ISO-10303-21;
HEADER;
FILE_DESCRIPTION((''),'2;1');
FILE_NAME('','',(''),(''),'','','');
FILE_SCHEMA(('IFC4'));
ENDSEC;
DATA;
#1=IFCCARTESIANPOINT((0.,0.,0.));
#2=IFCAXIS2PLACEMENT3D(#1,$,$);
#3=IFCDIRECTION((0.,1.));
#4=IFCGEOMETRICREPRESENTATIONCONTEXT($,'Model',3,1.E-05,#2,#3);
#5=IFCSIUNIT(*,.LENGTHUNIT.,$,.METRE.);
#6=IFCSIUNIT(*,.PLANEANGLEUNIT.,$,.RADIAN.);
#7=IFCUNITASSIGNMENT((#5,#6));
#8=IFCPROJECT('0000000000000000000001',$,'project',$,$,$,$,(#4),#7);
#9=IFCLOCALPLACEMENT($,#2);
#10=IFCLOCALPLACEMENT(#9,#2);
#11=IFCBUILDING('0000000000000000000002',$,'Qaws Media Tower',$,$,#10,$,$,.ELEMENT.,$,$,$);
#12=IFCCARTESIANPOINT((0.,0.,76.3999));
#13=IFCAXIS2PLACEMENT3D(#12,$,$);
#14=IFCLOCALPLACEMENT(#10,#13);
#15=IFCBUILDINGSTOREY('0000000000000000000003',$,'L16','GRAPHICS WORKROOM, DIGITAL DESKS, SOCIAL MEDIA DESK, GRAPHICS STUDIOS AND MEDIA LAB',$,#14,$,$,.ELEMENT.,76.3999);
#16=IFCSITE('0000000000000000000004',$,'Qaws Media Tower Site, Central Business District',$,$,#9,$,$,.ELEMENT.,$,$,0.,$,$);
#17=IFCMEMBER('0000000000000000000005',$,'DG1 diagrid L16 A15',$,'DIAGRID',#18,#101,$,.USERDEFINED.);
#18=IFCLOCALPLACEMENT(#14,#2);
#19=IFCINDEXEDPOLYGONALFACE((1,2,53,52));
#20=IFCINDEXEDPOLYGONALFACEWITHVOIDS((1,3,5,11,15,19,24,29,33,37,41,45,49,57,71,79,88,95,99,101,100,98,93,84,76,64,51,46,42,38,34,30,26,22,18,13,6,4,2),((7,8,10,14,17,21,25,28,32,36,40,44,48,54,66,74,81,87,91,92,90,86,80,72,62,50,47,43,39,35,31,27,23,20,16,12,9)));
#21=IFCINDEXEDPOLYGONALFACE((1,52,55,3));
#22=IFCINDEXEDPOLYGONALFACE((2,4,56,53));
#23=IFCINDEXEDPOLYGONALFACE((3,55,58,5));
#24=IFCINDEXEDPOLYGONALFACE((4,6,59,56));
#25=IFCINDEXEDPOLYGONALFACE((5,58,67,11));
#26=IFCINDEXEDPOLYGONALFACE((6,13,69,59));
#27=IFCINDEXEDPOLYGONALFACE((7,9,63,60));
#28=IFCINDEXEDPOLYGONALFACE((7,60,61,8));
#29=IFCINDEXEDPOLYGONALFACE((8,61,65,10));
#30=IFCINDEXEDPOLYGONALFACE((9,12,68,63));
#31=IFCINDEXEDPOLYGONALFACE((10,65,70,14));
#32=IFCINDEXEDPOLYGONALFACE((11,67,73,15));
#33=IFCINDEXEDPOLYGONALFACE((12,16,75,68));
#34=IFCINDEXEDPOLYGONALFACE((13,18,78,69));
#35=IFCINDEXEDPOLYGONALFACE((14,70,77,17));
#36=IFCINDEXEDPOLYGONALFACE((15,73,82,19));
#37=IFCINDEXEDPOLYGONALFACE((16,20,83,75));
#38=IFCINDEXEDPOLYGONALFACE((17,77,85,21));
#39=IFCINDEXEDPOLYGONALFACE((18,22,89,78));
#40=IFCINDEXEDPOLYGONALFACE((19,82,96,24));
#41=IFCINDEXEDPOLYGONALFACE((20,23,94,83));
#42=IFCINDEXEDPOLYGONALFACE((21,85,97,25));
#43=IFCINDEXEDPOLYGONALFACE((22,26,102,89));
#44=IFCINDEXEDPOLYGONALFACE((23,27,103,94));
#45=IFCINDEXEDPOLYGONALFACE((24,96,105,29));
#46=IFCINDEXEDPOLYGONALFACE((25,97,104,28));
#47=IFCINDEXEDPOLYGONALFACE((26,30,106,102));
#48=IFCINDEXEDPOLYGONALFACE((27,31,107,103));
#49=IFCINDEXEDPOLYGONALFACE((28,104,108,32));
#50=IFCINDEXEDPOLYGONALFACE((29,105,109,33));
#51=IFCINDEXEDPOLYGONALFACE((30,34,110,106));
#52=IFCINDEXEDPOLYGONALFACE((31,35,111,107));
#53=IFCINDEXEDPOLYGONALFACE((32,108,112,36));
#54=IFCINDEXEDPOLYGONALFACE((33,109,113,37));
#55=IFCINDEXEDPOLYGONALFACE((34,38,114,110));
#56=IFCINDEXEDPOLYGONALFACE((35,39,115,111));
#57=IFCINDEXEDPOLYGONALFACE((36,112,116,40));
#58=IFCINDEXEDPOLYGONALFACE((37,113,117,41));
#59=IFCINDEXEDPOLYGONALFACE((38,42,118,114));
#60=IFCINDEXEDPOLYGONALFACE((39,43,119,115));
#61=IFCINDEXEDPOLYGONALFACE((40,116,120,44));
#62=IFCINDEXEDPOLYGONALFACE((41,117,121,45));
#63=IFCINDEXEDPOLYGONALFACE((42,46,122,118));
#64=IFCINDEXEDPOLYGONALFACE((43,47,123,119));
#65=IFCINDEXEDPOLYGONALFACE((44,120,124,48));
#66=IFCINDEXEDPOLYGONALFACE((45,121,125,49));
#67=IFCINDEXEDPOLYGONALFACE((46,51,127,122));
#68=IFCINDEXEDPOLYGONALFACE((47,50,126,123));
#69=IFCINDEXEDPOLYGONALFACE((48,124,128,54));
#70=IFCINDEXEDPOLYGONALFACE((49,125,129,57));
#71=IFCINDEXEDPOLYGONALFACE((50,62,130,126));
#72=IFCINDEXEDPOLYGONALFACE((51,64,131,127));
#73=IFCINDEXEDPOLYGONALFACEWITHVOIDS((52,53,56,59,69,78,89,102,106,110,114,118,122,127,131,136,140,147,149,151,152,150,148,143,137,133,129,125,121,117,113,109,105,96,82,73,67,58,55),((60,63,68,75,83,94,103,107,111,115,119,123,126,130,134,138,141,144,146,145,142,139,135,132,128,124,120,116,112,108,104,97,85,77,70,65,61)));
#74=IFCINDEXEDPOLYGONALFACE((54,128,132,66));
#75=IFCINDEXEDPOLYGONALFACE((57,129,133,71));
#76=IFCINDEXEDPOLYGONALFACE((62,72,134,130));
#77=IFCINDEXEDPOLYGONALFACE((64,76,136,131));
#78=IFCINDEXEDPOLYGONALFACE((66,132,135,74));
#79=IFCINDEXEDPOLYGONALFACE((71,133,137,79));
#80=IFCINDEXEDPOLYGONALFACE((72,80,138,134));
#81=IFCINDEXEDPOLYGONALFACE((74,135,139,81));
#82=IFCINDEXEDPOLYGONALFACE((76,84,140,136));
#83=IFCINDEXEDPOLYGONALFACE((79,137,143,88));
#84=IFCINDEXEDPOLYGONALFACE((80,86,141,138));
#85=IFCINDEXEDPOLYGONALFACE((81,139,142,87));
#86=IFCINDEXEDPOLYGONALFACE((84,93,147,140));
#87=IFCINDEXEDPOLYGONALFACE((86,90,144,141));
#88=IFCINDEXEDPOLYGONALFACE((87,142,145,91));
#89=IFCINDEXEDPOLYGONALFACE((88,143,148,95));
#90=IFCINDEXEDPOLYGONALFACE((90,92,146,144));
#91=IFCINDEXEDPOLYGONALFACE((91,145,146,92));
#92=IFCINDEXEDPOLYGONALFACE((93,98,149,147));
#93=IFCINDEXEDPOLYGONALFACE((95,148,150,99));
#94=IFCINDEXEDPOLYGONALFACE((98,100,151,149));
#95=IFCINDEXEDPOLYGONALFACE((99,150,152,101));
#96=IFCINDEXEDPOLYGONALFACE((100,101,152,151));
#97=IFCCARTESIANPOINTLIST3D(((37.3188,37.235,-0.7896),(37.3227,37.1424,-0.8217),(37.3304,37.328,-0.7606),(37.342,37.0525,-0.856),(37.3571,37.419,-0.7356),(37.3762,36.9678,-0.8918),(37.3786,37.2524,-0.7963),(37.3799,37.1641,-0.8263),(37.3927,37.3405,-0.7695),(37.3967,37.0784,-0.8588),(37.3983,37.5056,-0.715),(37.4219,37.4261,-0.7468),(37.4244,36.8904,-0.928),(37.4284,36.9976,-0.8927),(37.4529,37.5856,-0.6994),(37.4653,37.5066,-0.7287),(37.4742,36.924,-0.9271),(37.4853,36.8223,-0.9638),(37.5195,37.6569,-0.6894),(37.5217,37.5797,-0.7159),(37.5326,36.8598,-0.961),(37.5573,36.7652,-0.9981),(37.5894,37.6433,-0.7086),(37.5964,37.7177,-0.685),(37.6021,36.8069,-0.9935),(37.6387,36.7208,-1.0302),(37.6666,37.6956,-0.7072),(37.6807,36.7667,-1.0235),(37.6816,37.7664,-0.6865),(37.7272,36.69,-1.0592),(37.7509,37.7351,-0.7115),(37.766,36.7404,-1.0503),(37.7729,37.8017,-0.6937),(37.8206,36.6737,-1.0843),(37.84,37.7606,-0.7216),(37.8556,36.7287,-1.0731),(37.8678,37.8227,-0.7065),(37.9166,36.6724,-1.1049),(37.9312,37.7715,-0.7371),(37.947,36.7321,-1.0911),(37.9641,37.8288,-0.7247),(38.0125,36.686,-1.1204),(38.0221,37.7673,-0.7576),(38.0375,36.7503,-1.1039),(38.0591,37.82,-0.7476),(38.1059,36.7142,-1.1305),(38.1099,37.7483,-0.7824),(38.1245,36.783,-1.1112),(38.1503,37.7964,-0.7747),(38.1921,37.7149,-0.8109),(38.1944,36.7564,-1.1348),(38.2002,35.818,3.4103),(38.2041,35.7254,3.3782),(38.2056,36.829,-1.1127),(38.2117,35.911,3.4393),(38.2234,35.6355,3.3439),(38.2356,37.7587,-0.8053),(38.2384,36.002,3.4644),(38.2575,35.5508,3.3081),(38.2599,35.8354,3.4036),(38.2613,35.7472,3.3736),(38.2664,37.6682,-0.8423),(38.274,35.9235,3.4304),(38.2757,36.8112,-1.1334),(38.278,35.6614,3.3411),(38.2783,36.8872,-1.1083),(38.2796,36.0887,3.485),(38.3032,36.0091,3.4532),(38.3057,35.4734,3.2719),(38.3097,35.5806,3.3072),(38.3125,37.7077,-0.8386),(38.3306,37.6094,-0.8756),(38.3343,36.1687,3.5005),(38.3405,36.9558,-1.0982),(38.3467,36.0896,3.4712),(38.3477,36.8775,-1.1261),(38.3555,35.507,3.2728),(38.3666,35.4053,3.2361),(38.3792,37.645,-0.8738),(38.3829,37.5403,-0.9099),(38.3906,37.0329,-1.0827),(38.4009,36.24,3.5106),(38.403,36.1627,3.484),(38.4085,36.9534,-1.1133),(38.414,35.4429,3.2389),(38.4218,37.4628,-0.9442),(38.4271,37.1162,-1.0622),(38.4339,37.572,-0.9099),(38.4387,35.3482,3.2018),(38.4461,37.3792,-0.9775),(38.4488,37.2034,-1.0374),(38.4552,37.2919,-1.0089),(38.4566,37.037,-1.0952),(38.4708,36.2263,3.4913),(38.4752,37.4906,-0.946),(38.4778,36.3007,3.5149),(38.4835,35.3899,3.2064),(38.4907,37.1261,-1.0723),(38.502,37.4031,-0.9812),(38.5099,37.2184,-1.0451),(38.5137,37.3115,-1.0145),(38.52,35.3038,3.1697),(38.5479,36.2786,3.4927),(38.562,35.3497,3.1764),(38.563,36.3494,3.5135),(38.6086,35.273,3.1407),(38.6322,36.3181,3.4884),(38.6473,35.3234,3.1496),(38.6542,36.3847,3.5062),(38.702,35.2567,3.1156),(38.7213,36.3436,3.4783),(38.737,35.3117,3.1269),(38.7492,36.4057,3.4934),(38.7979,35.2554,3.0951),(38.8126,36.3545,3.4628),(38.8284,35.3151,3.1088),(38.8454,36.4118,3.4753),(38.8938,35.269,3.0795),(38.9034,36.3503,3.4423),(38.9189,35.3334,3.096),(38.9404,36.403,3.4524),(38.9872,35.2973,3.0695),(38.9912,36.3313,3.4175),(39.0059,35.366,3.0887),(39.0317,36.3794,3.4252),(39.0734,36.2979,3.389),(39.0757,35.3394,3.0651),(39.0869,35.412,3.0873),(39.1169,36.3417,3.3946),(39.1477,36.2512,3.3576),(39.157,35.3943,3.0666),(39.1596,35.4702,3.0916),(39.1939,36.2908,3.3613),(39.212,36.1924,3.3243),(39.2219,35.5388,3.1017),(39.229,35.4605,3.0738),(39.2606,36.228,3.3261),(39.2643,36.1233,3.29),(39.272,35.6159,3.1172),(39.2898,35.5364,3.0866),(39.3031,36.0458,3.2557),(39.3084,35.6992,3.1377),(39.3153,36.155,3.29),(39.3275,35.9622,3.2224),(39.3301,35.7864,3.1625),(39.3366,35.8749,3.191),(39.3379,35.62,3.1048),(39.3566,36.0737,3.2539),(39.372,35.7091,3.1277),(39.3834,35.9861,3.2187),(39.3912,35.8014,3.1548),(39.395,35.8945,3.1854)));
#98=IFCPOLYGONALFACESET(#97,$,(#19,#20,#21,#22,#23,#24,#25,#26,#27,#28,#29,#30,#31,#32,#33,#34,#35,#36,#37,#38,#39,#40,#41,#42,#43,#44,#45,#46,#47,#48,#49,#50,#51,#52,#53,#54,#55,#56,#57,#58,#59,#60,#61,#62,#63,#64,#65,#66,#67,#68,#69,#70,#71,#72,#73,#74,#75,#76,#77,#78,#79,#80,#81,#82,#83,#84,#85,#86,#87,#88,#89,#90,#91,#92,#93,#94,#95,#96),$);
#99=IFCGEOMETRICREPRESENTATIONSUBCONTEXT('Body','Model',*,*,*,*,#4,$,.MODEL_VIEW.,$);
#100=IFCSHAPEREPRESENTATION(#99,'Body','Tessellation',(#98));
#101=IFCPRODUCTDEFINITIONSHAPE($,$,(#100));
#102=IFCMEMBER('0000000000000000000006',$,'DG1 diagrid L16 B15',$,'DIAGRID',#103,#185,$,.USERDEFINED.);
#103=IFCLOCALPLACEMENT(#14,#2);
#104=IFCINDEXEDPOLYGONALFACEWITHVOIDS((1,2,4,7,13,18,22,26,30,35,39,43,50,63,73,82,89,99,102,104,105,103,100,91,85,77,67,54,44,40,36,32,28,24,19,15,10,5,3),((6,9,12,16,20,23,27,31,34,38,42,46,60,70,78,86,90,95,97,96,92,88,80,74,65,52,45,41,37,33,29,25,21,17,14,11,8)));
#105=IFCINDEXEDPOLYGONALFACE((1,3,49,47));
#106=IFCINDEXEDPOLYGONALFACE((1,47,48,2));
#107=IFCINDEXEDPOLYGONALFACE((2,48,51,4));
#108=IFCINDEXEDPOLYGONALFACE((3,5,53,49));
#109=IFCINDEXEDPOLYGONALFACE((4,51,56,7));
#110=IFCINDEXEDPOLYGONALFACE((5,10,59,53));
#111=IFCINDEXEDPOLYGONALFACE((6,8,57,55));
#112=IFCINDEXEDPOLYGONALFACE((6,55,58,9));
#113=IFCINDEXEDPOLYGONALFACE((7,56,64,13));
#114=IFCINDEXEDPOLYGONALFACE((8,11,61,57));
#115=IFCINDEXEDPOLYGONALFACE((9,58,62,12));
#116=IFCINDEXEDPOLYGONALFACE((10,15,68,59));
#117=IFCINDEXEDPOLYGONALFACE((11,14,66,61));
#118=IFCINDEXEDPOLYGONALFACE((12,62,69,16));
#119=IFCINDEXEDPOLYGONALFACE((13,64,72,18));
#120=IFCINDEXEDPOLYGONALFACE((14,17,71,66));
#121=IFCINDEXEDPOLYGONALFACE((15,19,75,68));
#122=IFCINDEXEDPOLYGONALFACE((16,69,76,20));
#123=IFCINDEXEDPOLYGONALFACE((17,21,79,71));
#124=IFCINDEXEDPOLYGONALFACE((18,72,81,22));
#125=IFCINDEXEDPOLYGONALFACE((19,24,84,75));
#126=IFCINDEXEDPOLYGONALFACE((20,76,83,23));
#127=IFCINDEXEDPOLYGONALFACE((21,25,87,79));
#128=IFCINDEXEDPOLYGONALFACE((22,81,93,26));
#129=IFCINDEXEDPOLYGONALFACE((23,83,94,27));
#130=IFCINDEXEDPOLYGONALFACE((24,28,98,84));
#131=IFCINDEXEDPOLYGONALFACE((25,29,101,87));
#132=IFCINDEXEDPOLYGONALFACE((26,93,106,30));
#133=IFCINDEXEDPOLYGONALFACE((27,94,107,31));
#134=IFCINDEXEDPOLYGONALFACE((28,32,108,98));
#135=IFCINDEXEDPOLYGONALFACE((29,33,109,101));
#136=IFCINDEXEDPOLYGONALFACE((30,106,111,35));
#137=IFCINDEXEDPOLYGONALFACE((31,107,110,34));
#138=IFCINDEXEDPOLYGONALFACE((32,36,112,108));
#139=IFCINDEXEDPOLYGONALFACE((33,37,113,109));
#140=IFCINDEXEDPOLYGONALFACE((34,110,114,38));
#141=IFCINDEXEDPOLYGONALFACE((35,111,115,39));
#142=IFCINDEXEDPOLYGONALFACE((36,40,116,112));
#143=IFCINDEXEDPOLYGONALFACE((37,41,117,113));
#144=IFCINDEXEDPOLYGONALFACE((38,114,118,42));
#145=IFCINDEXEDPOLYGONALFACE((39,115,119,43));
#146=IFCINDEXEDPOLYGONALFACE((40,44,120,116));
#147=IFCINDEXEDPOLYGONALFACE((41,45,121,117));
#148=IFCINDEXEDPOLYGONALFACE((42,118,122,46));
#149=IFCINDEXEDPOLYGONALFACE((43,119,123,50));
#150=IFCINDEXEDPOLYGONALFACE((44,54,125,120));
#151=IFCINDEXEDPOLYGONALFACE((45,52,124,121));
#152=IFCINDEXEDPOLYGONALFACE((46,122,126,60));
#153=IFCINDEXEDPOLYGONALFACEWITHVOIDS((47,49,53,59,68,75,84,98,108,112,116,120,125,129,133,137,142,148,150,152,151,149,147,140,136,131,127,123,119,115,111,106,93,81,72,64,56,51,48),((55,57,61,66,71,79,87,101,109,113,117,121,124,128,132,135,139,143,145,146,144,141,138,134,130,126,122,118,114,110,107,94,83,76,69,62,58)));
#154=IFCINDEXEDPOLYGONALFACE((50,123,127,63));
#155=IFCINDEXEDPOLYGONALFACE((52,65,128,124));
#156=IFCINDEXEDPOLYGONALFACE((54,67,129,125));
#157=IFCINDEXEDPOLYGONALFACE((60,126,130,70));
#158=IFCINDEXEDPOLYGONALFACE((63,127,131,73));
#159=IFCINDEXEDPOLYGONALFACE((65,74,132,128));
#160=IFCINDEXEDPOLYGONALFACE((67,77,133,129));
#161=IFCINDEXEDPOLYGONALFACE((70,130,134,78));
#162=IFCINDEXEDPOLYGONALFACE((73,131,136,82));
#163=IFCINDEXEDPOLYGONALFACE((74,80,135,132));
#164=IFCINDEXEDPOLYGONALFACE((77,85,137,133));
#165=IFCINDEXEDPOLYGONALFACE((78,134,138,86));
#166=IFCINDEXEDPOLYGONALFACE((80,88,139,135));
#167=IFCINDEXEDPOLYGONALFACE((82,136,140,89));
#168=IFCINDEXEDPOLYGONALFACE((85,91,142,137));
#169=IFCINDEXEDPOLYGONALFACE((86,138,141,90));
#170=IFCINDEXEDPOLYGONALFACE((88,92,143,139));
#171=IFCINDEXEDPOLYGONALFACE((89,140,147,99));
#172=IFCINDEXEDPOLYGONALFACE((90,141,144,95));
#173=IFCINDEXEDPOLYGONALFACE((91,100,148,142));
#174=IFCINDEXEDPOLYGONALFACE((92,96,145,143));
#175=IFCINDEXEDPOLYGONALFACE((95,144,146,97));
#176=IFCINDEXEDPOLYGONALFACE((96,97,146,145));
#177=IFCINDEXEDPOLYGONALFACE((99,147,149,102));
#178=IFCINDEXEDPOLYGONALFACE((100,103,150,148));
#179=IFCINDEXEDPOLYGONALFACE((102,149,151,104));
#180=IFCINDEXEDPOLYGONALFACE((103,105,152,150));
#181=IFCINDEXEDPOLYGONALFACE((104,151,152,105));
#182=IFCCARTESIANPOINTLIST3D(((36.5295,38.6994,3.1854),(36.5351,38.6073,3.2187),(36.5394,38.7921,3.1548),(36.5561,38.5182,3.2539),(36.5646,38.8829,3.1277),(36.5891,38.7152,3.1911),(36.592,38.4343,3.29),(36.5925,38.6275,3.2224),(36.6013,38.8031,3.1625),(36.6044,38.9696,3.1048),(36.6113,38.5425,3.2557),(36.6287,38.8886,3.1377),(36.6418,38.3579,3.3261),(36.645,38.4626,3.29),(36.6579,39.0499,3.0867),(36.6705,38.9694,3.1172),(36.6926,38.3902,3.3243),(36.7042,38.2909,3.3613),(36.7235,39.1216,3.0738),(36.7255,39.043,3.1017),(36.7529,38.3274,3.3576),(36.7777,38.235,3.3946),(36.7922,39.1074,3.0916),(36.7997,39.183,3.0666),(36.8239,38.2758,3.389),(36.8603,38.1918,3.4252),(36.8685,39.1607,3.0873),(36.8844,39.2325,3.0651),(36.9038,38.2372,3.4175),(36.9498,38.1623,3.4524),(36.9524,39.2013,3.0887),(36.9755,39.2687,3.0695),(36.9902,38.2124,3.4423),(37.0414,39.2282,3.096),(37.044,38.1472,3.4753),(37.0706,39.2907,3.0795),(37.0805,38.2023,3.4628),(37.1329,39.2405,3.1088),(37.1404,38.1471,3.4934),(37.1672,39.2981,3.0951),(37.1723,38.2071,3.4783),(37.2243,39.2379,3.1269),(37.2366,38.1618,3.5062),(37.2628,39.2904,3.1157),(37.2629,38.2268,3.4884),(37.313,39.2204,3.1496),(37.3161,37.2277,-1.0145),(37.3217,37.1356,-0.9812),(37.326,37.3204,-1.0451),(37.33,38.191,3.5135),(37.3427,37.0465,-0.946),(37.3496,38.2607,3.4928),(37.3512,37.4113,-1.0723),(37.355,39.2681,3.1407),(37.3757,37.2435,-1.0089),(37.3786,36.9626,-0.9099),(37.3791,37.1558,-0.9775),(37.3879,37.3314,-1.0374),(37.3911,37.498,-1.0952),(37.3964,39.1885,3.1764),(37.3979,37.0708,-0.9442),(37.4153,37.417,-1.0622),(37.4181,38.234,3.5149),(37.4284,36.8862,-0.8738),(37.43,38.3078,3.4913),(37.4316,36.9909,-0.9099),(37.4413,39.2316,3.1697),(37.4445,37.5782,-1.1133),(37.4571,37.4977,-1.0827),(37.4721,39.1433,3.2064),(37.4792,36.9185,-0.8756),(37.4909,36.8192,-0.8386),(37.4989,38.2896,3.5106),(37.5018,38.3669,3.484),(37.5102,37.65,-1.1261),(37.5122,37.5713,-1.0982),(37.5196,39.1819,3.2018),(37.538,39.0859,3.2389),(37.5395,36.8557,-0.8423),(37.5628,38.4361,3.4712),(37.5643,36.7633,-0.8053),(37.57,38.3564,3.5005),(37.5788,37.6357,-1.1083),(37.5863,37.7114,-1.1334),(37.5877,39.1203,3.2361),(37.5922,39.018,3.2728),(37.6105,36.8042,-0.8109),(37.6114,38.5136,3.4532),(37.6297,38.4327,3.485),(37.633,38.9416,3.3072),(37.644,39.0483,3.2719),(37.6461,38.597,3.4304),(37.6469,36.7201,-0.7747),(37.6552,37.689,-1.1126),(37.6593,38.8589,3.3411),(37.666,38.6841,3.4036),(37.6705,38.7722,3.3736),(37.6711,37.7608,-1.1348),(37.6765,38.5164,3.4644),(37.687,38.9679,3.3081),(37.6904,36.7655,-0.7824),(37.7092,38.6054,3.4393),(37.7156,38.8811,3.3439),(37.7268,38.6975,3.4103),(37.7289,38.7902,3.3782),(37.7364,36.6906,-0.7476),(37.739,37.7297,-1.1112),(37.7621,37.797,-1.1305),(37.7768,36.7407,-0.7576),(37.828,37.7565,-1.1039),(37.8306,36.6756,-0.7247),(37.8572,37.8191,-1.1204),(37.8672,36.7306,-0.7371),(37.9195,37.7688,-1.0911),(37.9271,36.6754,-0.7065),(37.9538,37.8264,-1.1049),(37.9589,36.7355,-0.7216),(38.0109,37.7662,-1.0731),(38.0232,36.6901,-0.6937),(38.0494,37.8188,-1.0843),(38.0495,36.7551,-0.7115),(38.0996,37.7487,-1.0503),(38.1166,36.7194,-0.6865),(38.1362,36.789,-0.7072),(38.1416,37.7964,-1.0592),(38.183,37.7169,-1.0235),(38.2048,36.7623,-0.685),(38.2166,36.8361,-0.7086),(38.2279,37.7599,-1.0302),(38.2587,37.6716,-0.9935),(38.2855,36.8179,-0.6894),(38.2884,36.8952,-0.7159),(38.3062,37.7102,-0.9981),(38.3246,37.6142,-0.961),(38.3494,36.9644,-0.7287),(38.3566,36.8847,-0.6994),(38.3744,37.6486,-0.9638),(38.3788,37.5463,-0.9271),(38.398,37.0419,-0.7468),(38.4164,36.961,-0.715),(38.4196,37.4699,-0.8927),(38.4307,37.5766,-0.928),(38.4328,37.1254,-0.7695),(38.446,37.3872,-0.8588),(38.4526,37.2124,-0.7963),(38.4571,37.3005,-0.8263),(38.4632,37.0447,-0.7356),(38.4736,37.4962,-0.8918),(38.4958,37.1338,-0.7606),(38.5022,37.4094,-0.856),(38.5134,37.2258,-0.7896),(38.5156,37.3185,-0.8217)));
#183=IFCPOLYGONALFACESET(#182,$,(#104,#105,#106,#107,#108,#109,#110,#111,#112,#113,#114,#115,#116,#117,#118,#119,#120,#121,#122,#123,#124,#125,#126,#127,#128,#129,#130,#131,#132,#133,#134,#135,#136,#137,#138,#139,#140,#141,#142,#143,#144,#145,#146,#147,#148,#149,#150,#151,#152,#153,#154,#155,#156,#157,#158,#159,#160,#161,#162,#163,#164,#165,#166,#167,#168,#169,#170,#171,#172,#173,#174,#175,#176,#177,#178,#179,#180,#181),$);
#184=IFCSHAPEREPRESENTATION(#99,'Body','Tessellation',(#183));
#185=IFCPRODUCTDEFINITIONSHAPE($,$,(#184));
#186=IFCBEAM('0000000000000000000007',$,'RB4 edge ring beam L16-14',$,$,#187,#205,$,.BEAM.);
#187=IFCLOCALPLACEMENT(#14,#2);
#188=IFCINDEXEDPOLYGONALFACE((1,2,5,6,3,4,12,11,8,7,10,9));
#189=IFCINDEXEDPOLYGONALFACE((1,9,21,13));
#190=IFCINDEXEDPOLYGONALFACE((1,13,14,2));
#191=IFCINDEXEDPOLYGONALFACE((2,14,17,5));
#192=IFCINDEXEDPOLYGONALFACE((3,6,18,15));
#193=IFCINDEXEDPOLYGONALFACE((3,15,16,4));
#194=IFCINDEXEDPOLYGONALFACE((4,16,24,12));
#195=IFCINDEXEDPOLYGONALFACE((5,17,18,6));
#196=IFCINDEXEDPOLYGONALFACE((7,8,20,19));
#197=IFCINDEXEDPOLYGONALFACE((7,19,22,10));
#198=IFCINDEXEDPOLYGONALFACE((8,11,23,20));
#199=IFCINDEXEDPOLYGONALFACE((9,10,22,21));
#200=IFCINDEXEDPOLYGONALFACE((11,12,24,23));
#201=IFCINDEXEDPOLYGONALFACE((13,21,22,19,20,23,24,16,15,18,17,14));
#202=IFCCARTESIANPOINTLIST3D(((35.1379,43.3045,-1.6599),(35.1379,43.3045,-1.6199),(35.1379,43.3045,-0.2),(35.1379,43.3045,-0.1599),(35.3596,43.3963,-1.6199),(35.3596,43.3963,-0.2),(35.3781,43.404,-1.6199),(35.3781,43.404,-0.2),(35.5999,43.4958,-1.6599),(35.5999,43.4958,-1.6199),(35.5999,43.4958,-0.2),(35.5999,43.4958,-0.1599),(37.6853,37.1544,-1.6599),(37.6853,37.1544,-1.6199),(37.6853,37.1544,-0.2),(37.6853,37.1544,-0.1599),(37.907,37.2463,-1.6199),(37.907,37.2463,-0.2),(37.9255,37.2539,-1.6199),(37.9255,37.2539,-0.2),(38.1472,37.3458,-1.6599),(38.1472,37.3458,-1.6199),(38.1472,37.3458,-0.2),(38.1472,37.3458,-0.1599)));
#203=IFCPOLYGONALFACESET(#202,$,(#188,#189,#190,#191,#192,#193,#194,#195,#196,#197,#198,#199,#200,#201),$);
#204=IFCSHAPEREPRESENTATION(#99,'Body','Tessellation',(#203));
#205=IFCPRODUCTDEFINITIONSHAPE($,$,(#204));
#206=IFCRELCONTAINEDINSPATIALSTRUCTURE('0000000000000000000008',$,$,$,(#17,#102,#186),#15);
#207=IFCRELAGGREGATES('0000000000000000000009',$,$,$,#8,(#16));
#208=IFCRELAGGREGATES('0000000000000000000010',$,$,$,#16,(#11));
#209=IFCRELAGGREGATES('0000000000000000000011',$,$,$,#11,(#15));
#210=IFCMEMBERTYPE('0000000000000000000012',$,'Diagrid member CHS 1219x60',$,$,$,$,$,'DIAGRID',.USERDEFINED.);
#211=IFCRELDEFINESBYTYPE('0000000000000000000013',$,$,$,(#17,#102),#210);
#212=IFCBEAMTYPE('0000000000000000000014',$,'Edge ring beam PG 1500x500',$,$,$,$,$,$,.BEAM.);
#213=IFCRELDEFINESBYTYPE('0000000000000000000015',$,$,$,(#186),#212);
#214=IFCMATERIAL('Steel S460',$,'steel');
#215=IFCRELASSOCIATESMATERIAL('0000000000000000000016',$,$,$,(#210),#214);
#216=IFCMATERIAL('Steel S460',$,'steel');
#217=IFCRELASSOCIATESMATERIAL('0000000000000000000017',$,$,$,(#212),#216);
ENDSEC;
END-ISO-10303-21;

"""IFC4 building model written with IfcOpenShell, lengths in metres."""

from ifc_helpers import new_model, si_unit, direction, frame, origin, origin_2d, place, context, subcontext, project, spatial, hollow_circle, i_section, extrude, material, material_profile, profile_set, type_object, element, save


model = new_model("IFC4")

# Units and contexts
model_context = context("Model", 3, precision=1e-05, world=origin(), true_north=direction((0.0, 1.0)))
body_context = subcontext(model_context, "Body", "Model", "MODEL_VIEW")
ifc_project = project(units=[si_unit("LENGTHUNIT", "METRE"), si_unit("PLANEANGLEUNIT", "RADIAN")], contexts=[model_context])

# Site, building, storey
site_placement = place(None, origin())
site = spatial("IfcSite", under=ifc_project, at=site_placement, Name="Qaws Media Tower Site, Central Business District", CompositionType="ELEMENT", RefElevation=0.0)
building_placement = place(site_placement, origin())
building = spatial("IfcBuilding", under=site, at=building_placement, Name="Qaws Media Tower", CompositionType="ELEMENT")
storey_placement = place(building_placement, frame((0.0, 0.0, 76.3999)))
storey = spatial("IfcBuildingStorey", under=building, at=storey_placement, Name="L16", Description="GRAPHICS WORKROOM, DIGITAL DESKS, SOCIAL MEDIA DESK, GRAPHICS STUDIOS AND MEDIA LAB", CompositionType="ELEMENT", Elevation=76.3999)

# Members
ifc_material_1 = material(Name="Steel S460", Category="steel")
ifc_material_profile_1 = material_profile(ifc_material_1, hollow_circle(Radius=0.6096, WallThickness=0.0601, at=origin_2d()), Name="CHS 1219x60")
ifc_profile_set_1 = profile_set([ifc_material_profile_1], Name="Steel S460")
member_type = type_object("IfcMemberType", Name="Diagrid member CHS 1219x60", ElementType="DIAGRID", PredefinedType="USERDEFINED", material=ifc_profile_set_1)
for number, where, z_axis, x_axis, name in (
    (1, (37.9163, 37.25, -0.9099), (0.195018, -0.313541, 0.929333), (0.849147, 0.528157, 0.0), "DG1 diagrid L16 A15"),
    (2, (37.9163, 37.25, -0.9099), (-0.174058, 0.325642, 0.929334), (-0.881923, -0.471393, 0.0), "DG1 diagrid L16 B15"),
):
    element("IfcMember", number, at=place(storey_placement, frame(where, z_axis=z_axis, x_axis=x_axis)), inside=storey, type_object=member_type, Name=name, ObjectType="DIAGRID", PredefinedType="USERDEFINED", context=body_context, shape_type="SweptSolid", body=[
        extrude(hollow_circle(Radius=0.6096, WallThickness=0.0601, at=origin_2d()), origin(), (0.0, 0.0, 1.0), 4.5193),
    ])

# Beam
ifc_material_2 = material(Name="Steel S460", Category="steel")
ifc_material_profile_2 = material_profile(ifc_material_2, i_section(OverallWidth=0.5, OverallDepth=1.5, WebThickness=0.02, FlangeThickness=0.04, at=origin_2d()), Name="PG 1500x500")
ifc_profile_set_2 = profile_set([ifc_material_profile_2], Name="Steel S460")
beam_type = type_object("IfcBeamType", Name="Edge ring beam PG 1500x500", PredefinedType="BEAM", material=ifc_profile_set_2)
beam_1_placement = place(storey_placement, frame((35.3689, 43.4001, -0.9099), z_axis=(0.382669, -0.923885, 0.0), x_axis=(0.923885, 0.382669, 0.0)))
element("IfcBeam", 3, at=beam_1_placement, inside=storey, type_object=beam_type, Name="RB4 edge ring beam L16-14", PredefinedType="BEAM", context=body_context, shape_type="SweptSolid", body=[
    extrude(i_section(OverallWidth=0.5, OverallDepth=1.5, WebThickness=0.02, FlangeThickness=0.04, at=origin_2d()), origin(), (0.0, 0.0, 1.0), 6.6567),
])

save(model, "model.ifc")
